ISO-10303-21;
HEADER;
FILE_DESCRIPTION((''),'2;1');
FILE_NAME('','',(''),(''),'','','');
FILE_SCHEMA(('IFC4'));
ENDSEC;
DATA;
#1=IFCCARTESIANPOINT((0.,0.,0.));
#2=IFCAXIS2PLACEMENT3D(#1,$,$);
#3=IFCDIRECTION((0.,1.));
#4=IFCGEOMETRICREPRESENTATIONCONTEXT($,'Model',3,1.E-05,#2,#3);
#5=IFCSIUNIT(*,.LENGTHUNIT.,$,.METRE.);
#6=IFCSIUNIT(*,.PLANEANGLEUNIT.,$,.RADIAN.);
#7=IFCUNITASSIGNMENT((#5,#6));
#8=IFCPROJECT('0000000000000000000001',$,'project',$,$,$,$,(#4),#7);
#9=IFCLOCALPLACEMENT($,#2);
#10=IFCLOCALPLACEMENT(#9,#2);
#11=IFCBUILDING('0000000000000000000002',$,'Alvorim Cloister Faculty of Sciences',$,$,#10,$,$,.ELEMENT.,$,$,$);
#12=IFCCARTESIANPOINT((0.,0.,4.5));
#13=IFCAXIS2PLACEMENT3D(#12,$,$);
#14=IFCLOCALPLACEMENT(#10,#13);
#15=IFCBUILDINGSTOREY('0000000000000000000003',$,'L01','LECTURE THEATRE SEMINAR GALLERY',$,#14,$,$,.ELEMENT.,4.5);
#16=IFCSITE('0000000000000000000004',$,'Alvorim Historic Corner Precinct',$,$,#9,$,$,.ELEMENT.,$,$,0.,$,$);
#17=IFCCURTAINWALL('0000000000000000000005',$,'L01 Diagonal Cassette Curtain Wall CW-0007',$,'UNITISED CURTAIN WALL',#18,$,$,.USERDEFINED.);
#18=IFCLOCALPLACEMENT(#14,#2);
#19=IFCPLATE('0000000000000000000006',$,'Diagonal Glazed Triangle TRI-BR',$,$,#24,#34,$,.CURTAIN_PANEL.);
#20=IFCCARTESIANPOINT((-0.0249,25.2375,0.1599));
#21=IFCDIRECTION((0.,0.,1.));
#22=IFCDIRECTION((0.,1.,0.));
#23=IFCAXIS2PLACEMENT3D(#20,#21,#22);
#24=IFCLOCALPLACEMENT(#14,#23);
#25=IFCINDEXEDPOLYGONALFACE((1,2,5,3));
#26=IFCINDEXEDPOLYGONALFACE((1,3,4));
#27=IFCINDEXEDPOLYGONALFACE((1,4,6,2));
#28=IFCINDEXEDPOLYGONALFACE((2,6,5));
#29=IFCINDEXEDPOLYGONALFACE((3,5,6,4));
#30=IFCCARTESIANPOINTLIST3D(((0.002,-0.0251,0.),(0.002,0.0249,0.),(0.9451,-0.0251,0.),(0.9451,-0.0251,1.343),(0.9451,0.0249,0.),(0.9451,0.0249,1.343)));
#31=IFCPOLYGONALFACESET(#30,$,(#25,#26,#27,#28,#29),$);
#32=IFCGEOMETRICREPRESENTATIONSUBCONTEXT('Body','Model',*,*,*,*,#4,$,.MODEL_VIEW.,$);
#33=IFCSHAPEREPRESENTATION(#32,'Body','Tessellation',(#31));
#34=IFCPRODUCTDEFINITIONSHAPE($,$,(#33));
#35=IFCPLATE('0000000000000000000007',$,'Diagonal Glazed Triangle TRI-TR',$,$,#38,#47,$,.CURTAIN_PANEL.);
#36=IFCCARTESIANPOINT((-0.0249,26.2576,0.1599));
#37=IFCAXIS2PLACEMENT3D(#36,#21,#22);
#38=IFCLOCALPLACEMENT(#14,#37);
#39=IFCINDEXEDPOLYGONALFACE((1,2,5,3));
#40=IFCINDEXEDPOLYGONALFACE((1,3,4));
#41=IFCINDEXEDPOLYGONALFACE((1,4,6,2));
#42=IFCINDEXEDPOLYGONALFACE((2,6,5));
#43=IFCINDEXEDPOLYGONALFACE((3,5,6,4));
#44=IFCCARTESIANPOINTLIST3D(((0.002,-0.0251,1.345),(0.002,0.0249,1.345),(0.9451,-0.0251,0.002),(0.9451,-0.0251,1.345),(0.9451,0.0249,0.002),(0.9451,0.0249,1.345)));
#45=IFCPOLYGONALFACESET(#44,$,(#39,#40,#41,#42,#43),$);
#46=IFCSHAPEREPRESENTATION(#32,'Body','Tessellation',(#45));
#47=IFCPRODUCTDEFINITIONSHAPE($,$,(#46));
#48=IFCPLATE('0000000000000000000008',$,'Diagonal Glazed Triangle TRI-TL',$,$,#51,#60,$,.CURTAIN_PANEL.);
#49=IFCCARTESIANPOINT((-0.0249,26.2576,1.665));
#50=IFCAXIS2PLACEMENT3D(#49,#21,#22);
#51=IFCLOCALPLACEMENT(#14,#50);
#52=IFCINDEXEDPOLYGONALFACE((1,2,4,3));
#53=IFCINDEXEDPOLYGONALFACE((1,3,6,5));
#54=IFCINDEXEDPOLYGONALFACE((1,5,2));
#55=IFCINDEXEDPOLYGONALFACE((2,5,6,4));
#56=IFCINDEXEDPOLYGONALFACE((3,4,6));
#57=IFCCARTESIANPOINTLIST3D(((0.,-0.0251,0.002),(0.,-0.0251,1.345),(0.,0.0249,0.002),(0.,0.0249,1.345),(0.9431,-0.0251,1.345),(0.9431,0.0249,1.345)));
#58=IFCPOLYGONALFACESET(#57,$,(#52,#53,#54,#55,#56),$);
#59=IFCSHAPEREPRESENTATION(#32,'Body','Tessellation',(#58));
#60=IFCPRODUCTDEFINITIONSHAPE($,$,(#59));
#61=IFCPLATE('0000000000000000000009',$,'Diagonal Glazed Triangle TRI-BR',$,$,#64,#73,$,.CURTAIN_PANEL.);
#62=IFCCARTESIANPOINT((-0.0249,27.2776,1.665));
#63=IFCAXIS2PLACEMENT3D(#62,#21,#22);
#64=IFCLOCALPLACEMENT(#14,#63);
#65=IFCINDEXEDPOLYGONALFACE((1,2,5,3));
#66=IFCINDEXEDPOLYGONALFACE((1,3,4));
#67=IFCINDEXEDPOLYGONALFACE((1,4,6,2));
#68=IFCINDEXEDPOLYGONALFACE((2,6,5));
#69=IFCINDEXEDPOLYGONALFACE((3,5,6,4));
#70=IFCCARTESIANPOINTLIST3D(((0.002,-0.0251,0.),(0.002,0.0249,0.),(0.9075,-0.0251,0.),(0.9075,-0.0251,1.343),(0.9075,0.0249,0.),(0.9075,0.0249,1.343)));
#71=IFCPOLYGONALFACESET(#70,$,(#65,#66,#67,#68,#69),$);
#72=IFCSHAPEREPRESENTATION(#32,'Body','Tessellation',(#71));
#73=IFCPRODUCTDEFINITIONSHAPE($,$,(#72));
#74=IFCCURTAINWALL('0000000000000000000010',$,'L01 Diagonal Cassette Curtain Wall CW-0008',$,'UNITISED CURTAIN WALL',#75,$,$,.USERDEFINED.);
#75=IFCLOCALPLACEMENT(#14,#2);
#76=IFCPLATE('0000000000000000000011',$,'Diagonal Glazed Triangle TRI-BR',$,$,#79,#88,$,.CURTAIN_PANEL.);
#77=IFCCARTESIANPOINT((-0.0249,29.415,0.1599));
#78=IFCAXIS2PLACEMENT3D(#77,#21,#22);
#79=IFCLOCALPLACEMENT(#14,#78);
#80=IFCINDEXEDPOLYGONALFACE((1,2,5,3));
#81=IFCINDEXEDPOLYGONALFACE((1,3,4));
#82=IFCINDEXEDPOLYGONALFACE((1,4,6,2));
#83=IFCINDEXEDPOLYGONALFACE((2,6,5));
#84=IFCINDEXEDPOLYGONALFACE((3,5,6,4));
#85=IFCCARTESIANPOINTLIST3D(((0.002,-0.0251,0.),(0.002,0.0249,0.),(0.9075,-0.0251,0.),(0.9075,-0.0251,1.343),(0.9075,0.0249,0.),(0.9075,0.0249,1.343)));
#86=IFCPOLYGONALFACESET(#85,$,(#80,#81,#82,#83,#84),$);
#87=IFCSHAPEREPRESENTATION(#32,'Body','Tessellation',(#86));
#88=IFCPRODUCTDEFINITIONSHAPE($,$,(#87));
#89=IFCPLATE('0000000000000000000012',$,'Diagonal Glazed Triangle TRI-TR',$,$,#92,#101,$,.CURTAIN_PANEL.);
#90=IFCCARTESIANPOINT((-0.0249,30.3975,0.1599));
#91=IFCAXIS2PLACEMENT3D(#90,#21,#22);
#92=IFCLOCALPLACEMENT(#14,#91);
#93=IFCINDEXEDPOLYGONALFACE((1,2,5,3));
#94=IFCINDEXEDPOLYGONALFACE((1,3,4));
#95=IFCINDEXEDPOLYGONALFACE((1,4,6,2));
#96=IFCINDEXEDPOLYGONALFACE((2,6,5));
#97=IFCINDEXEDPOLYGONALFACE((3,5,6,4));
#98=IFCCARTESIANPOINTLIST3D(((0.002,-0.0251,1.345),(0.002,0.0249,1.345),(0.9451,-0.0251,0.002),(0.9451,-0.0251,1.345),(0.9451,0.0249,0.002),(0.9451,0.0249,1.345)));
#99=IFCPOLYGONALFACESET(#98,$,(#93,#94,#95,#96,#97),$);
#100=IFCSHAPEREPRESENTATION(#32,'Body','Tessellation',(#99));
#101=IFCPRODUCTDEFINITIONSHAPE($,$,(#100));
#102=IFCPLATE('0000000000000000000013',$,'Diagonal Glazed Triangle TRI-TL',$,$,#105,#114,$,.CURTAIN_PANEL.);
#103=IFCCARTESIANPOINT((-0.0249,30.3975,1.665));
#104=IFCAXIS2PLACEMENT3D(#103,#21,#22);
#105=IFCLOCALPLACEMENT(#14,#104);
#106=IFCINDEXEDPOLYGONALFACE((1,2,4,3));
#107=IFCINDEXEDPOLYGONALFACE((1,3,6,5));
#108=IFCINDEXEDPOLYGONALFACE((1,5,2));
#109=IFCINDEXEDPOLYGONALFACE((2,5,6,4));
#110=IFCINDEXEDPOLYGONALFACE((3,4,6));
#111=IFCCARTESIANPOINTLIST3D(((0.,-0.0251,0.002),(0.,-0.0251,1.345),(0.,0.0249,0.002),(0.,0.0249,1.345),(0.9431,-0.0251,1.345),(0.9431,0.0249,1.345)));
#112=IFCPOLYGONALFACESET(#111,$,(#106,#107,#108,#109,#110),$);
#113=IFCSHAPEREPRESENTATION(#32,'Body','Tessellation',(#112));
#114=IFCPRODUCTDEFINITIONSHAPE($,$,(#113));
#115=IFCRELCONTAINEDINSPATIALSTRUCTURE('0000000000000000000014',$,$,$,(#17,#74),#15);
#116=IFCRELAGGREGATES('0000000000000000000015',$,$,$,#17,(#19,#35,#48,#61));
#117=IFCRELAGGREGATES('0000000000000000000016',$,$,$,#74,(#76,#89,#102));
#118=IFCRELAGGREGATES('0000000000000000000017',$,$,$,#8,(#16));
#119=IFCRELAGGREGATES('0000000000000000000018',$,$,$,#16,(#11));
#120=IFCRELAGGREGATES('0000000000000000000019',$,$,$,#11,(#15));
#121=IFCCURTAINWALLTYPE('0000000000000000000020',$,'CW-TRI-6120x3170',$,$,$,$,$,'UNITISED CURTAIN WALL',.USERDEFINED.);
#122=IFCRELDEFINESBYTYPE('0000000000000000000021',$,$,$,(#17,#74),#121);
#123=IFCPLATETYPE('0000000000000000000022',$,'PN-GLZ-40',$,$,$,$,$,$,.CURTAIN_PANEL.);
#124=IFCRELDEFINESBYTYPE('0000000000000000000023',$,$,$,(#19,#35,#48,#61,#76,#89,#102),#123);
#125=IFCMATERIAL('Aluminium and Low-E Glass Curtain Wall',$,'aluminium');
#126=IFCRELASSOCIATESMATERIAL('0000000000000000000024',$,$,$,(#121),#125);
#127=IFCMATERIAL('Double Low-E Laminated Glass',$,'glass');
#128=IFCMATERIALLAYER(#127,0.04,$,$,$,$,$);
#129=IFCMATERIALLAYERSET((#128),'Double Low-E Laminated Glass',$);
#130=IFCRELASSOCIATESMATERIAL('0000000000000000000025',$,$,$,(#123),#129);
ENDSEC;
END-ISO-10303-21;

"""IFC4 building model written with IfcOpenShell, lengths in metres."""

from ifc_helpers import new_model, si_unit, direction, frame, origin, place, context, subcontext, project, spatial, polyline, outline, extrude, material, layer, layer_set, type_object, element, aggregate, save


model = new_model("IFC4")

# Units and contexts
model_context = context("Model", 3, precision=1e-05, world=origin(), true_north=direction((0.0, 1.0)))
body_context = subcontext(model_context, "Body", "Model", "MODEL_VIEW")
ifc_project = project(units=[si_unit("LENGTHUNIT", "METRE"), si_unit("PLANEANGLEUNIT", "RADIAN")], contexts=[model_context])

# Site, building, storey
site_placement = place(None, origin())
site = spatial("IfcSite", under=ifc_project, at=site_placement, Name="Alvorim Historic Corner Precinct", CompositionType="ELEMENT", RefElevation=0.0)
building_placement = place(site_placement, origin())
building = spatial("IfcBuilding", under=site, at=building_placement, Name="Alvorim Cloister Faculty of Sciences", CompositionType="ELEMENT")
storey_placement = place(building_placement, frame((0.0, 0.0, 4.5)))
storey = spatial("IfcBuildingStorey", under=building, at=storey_placement, Name="L01", Description="LECTURE THEATRE SEMINAR GALLERY", CompositionType="ELEMENT", Elevation=4.5)

# Curtain walls, plates
ifc_material_1 = material(Name="Aluminium and Low-E Glass Curtain Wall", Category="aluminium")
curtain_wall_type = type_object("IfcCurtainWallType", Name="CW-TRI-6120x3170", ElementType="UNITISED CURTAIN WALL", PredefinedType="USERDEFINED", material=ifc_material_1)
curtain_wall_1_placement = place(storey_placement, origin())
curtain_wall_1 = element("IfcCurtainWall", 1, at=curtain_wall_1_placement, inside=storey, type_object=curtain_wall_type, Name="L01 Diagonal Cassette Curtain Wall CW-0007", ObjectType="UNITISED CURTAIN WALL", PredefinedType="USERDEFINED")
ifc_material_2 = material(Name="Double Low-E Laminated Glass", Category="glass")
ifc_layer_1 = layer(ifc_material_2, 0.04)
ifc_layer_set_1 = layer_set([ifc_layer_1], Name="Double Low-E Laminated Glass")
plate_type = type_object("IfcPlateType", Name="PN-GLZ-40", PredefinedType="CURTAIN_PANEL", material=ifc_layer_set_1)
plate_1_placement = place(storey_placement, frame((-0.0249, 25.2375, 0.1599), z_axis=(0.0, 0.0, 1.0), x_axis=(0.0, 1.0, 0.0)))
plate_1 = element("IfcPlate", 2, at=plate_1_placement, type_object=plate_type, Name="Diagonal Glazed Triangle TRI-BR", PredefinedType="CURTAIN_PANEL", context=body_context, shape_type="SweptSolid", body=[
    extrude(outline(polyline([(0.002, 0.0), (0.9451, 0.0), (0.9451, 1.343), (0.002, 0.0)])), frame((0.0, 0.0249, 0.0), z_axis=(0.0, -1.0, 0.0), x_axis=(1.0, 0.0, 0.0)), (0.0, 0.0, 1.0), 0.05),
])
plate_2_placement = place(storey_placement, frame((-0.0249, 26.2576, 0.1599), z_axis=(0.0, 0.0, 1.0), x_axis=(0.0, 1.0, 0.0)))
plate_2 = element("IfcPlate", 3, at=plate_2_placement, type_object=plate_type, Name="Diagonal Glazed Triangle TRI-TR", PredefinedType="CURTAIN_PANEL", context=body_context, shape_type="SweptSolid", body=[
    extrude(outline(polyline([(0.9451, 0.002), (0.9451, 1.345), (0.002, 1.345), (0.9451, 0.002)])), frame((0.0, 0.0249, 0.0), z_axis=(0.0, -1.0, 0.0), x_axis=(1.0, 0.0, 0.0)), (0.0, 0.0, 1.0), 0.05),
])
plate_3_placement = place(storey_placement, frame((-0.0249, 26.2576, 1.665), z_axis=(0.0, 0.0, 1.0), x_axis=(0.0, 1.0, 0.0)))
plate_3 = element("IfcPlate", 4, at=plate_3_placement, type_object=plate_type, Name="Diagonal Glazed Triangle TRI-TL", PredefinedType="CURTAIN_PANEL", context=body_context, shape_type="SweptSolid", body=[
    extrude(outline(polyline([(0.9431, 1.345), (0.0, 1.345), (0.0, 0.002), (0.9431, 1.345)])), frame((0.0, 0.0249, 0.0), z_axis=(0.0, -1.0, 0.0), x_axis=(1.0, 0.0, 0.0)), (0.0, 0.0, 1.0), 0.05),
])
plate_4_placement = place(storey_placement, frame((-0.0249, 27.2776, 1.665), z_axis=(0.0, 0.0, 1.0), x_axis=(0.0, 1.0, 0.0)))
plate_4 = element("IfcPlate", 5, at=plate_4_placement, type_object=plate_type, Name="Diagonal Glazed Triangle TRI-BR", PredefinedType="CURTAIN_PANEL", context=body_context, shape_type="SweptSolid", body=[
    extrude(outline(polyline([(0.002, 0.0), (0.9075, 0.0), (0.9075, 1.343), (0.002, 0.0)])), frame((0.0, 0.0249, 0.0), z_axis=(0.0, -1.0, 0.0), x_axis=(1.0, 0.0, 0.0)), (0.0, 0.0, 1.0), 0.05),
])
aggregate(curtain_wall_1, [plate_1, plate_2, plate_3, plate_4])
curtain_wall_2_placement = place(storey_placement, origin())
curtain_wall_2 = element("IfcCurtainWall", 6, at=curtain_wall_2_placement, inside=storey, type_object=curtain_wall_type, Name="L01 Diagonal Cassette Curtain Wall CW-0008", ObjectType="UNITISED CURTAIN WALL", PredefinedType="USERDEFINED")
plate_5_placement = place(storey_placement, frame((-0.0249, 29.415, 0.1599), z_axis=(0.0, 0.0, 1.0), x_axis=(0.0, 1.0, 0.0)))
plate_5 = element("IfcPlate", 7, at=plate_5_placement, type_object=plate_type, Name="Diagonal Glazed Triangle TRI-BR", PredefinedType="CURTAIN_PANEL", context=body_context, shape_type="SweptSolid", body=[
    extrude(outline(polyline([(0.002, 0.0), (0.9075, 0.0), (0.9075, 1.343), (0.002, 0.0)])), frame((0.0, 0.0249, 0.0), z_axis=(0.0, -1.0, 0.0), x_axis=(1.0, 0.0, 0.0)), (0.0, 0.0, 1.0), 0.05),
])
plate_6_placement = place(storey_placement, frame((-0.0249, 30.3975, 0.1599), z_axis=(0.0, 0.0, 1.0), x_axis=(0.0, 1.0, 0.0)))
plate_6 = element("IfcPlate", 8, at=plate_6_placement, type_object=plate_type, Name="Diagonal Glazed Triangle TRI-TR", PredefinedType="CURTAIN_PANEL", context=body_context, shape_type="SweptSolid", body=[
    extrude(outline(polyline([(0.9451, 0.002), (0.9451, 1.345), (0.002, 1.345), (0.9451, 0.002)])), frame((0.0, 0.0249, 0.0), z_axis=(0.0, -1.0, 0.0), x_axis=(1.0, 0.0, 0.0)), (0.0, 0.0, 1.0), 0.05),
])
plate_7_placement = place(storey_placement, frame((-0.0249, 30.3975, 1.665), z_axis=(0.0, 0.0, 1.0), x_axis=(0.0, 1.0, 0.0)))
plate_7 = element("IfcPlate", 9, at=plate_7_placement, type_object=plate_type, Name="Diagonal Glazed Triangle TRI-TL", PredefinedType="CURTAIN_PANEL", context=body_context, shape_type="SweptSolid", body=[
    extrude(outline(polyline([(0.9431, 1.345), (0.0, 1.345), (0.0, 0.002), (0.9431, 1.345)])), frame((0.0, 0.0249, 0.0), z_axis=(0.0, -1.0, 0.0), x_axis=(1.0, 0.0, 0.0)), (0.0, 0.0, 1.0), 0.05),
])
aggregate(curtain_wall_2, [plate_5, plate_6, plate_7])

save(model, "model.ifc")
